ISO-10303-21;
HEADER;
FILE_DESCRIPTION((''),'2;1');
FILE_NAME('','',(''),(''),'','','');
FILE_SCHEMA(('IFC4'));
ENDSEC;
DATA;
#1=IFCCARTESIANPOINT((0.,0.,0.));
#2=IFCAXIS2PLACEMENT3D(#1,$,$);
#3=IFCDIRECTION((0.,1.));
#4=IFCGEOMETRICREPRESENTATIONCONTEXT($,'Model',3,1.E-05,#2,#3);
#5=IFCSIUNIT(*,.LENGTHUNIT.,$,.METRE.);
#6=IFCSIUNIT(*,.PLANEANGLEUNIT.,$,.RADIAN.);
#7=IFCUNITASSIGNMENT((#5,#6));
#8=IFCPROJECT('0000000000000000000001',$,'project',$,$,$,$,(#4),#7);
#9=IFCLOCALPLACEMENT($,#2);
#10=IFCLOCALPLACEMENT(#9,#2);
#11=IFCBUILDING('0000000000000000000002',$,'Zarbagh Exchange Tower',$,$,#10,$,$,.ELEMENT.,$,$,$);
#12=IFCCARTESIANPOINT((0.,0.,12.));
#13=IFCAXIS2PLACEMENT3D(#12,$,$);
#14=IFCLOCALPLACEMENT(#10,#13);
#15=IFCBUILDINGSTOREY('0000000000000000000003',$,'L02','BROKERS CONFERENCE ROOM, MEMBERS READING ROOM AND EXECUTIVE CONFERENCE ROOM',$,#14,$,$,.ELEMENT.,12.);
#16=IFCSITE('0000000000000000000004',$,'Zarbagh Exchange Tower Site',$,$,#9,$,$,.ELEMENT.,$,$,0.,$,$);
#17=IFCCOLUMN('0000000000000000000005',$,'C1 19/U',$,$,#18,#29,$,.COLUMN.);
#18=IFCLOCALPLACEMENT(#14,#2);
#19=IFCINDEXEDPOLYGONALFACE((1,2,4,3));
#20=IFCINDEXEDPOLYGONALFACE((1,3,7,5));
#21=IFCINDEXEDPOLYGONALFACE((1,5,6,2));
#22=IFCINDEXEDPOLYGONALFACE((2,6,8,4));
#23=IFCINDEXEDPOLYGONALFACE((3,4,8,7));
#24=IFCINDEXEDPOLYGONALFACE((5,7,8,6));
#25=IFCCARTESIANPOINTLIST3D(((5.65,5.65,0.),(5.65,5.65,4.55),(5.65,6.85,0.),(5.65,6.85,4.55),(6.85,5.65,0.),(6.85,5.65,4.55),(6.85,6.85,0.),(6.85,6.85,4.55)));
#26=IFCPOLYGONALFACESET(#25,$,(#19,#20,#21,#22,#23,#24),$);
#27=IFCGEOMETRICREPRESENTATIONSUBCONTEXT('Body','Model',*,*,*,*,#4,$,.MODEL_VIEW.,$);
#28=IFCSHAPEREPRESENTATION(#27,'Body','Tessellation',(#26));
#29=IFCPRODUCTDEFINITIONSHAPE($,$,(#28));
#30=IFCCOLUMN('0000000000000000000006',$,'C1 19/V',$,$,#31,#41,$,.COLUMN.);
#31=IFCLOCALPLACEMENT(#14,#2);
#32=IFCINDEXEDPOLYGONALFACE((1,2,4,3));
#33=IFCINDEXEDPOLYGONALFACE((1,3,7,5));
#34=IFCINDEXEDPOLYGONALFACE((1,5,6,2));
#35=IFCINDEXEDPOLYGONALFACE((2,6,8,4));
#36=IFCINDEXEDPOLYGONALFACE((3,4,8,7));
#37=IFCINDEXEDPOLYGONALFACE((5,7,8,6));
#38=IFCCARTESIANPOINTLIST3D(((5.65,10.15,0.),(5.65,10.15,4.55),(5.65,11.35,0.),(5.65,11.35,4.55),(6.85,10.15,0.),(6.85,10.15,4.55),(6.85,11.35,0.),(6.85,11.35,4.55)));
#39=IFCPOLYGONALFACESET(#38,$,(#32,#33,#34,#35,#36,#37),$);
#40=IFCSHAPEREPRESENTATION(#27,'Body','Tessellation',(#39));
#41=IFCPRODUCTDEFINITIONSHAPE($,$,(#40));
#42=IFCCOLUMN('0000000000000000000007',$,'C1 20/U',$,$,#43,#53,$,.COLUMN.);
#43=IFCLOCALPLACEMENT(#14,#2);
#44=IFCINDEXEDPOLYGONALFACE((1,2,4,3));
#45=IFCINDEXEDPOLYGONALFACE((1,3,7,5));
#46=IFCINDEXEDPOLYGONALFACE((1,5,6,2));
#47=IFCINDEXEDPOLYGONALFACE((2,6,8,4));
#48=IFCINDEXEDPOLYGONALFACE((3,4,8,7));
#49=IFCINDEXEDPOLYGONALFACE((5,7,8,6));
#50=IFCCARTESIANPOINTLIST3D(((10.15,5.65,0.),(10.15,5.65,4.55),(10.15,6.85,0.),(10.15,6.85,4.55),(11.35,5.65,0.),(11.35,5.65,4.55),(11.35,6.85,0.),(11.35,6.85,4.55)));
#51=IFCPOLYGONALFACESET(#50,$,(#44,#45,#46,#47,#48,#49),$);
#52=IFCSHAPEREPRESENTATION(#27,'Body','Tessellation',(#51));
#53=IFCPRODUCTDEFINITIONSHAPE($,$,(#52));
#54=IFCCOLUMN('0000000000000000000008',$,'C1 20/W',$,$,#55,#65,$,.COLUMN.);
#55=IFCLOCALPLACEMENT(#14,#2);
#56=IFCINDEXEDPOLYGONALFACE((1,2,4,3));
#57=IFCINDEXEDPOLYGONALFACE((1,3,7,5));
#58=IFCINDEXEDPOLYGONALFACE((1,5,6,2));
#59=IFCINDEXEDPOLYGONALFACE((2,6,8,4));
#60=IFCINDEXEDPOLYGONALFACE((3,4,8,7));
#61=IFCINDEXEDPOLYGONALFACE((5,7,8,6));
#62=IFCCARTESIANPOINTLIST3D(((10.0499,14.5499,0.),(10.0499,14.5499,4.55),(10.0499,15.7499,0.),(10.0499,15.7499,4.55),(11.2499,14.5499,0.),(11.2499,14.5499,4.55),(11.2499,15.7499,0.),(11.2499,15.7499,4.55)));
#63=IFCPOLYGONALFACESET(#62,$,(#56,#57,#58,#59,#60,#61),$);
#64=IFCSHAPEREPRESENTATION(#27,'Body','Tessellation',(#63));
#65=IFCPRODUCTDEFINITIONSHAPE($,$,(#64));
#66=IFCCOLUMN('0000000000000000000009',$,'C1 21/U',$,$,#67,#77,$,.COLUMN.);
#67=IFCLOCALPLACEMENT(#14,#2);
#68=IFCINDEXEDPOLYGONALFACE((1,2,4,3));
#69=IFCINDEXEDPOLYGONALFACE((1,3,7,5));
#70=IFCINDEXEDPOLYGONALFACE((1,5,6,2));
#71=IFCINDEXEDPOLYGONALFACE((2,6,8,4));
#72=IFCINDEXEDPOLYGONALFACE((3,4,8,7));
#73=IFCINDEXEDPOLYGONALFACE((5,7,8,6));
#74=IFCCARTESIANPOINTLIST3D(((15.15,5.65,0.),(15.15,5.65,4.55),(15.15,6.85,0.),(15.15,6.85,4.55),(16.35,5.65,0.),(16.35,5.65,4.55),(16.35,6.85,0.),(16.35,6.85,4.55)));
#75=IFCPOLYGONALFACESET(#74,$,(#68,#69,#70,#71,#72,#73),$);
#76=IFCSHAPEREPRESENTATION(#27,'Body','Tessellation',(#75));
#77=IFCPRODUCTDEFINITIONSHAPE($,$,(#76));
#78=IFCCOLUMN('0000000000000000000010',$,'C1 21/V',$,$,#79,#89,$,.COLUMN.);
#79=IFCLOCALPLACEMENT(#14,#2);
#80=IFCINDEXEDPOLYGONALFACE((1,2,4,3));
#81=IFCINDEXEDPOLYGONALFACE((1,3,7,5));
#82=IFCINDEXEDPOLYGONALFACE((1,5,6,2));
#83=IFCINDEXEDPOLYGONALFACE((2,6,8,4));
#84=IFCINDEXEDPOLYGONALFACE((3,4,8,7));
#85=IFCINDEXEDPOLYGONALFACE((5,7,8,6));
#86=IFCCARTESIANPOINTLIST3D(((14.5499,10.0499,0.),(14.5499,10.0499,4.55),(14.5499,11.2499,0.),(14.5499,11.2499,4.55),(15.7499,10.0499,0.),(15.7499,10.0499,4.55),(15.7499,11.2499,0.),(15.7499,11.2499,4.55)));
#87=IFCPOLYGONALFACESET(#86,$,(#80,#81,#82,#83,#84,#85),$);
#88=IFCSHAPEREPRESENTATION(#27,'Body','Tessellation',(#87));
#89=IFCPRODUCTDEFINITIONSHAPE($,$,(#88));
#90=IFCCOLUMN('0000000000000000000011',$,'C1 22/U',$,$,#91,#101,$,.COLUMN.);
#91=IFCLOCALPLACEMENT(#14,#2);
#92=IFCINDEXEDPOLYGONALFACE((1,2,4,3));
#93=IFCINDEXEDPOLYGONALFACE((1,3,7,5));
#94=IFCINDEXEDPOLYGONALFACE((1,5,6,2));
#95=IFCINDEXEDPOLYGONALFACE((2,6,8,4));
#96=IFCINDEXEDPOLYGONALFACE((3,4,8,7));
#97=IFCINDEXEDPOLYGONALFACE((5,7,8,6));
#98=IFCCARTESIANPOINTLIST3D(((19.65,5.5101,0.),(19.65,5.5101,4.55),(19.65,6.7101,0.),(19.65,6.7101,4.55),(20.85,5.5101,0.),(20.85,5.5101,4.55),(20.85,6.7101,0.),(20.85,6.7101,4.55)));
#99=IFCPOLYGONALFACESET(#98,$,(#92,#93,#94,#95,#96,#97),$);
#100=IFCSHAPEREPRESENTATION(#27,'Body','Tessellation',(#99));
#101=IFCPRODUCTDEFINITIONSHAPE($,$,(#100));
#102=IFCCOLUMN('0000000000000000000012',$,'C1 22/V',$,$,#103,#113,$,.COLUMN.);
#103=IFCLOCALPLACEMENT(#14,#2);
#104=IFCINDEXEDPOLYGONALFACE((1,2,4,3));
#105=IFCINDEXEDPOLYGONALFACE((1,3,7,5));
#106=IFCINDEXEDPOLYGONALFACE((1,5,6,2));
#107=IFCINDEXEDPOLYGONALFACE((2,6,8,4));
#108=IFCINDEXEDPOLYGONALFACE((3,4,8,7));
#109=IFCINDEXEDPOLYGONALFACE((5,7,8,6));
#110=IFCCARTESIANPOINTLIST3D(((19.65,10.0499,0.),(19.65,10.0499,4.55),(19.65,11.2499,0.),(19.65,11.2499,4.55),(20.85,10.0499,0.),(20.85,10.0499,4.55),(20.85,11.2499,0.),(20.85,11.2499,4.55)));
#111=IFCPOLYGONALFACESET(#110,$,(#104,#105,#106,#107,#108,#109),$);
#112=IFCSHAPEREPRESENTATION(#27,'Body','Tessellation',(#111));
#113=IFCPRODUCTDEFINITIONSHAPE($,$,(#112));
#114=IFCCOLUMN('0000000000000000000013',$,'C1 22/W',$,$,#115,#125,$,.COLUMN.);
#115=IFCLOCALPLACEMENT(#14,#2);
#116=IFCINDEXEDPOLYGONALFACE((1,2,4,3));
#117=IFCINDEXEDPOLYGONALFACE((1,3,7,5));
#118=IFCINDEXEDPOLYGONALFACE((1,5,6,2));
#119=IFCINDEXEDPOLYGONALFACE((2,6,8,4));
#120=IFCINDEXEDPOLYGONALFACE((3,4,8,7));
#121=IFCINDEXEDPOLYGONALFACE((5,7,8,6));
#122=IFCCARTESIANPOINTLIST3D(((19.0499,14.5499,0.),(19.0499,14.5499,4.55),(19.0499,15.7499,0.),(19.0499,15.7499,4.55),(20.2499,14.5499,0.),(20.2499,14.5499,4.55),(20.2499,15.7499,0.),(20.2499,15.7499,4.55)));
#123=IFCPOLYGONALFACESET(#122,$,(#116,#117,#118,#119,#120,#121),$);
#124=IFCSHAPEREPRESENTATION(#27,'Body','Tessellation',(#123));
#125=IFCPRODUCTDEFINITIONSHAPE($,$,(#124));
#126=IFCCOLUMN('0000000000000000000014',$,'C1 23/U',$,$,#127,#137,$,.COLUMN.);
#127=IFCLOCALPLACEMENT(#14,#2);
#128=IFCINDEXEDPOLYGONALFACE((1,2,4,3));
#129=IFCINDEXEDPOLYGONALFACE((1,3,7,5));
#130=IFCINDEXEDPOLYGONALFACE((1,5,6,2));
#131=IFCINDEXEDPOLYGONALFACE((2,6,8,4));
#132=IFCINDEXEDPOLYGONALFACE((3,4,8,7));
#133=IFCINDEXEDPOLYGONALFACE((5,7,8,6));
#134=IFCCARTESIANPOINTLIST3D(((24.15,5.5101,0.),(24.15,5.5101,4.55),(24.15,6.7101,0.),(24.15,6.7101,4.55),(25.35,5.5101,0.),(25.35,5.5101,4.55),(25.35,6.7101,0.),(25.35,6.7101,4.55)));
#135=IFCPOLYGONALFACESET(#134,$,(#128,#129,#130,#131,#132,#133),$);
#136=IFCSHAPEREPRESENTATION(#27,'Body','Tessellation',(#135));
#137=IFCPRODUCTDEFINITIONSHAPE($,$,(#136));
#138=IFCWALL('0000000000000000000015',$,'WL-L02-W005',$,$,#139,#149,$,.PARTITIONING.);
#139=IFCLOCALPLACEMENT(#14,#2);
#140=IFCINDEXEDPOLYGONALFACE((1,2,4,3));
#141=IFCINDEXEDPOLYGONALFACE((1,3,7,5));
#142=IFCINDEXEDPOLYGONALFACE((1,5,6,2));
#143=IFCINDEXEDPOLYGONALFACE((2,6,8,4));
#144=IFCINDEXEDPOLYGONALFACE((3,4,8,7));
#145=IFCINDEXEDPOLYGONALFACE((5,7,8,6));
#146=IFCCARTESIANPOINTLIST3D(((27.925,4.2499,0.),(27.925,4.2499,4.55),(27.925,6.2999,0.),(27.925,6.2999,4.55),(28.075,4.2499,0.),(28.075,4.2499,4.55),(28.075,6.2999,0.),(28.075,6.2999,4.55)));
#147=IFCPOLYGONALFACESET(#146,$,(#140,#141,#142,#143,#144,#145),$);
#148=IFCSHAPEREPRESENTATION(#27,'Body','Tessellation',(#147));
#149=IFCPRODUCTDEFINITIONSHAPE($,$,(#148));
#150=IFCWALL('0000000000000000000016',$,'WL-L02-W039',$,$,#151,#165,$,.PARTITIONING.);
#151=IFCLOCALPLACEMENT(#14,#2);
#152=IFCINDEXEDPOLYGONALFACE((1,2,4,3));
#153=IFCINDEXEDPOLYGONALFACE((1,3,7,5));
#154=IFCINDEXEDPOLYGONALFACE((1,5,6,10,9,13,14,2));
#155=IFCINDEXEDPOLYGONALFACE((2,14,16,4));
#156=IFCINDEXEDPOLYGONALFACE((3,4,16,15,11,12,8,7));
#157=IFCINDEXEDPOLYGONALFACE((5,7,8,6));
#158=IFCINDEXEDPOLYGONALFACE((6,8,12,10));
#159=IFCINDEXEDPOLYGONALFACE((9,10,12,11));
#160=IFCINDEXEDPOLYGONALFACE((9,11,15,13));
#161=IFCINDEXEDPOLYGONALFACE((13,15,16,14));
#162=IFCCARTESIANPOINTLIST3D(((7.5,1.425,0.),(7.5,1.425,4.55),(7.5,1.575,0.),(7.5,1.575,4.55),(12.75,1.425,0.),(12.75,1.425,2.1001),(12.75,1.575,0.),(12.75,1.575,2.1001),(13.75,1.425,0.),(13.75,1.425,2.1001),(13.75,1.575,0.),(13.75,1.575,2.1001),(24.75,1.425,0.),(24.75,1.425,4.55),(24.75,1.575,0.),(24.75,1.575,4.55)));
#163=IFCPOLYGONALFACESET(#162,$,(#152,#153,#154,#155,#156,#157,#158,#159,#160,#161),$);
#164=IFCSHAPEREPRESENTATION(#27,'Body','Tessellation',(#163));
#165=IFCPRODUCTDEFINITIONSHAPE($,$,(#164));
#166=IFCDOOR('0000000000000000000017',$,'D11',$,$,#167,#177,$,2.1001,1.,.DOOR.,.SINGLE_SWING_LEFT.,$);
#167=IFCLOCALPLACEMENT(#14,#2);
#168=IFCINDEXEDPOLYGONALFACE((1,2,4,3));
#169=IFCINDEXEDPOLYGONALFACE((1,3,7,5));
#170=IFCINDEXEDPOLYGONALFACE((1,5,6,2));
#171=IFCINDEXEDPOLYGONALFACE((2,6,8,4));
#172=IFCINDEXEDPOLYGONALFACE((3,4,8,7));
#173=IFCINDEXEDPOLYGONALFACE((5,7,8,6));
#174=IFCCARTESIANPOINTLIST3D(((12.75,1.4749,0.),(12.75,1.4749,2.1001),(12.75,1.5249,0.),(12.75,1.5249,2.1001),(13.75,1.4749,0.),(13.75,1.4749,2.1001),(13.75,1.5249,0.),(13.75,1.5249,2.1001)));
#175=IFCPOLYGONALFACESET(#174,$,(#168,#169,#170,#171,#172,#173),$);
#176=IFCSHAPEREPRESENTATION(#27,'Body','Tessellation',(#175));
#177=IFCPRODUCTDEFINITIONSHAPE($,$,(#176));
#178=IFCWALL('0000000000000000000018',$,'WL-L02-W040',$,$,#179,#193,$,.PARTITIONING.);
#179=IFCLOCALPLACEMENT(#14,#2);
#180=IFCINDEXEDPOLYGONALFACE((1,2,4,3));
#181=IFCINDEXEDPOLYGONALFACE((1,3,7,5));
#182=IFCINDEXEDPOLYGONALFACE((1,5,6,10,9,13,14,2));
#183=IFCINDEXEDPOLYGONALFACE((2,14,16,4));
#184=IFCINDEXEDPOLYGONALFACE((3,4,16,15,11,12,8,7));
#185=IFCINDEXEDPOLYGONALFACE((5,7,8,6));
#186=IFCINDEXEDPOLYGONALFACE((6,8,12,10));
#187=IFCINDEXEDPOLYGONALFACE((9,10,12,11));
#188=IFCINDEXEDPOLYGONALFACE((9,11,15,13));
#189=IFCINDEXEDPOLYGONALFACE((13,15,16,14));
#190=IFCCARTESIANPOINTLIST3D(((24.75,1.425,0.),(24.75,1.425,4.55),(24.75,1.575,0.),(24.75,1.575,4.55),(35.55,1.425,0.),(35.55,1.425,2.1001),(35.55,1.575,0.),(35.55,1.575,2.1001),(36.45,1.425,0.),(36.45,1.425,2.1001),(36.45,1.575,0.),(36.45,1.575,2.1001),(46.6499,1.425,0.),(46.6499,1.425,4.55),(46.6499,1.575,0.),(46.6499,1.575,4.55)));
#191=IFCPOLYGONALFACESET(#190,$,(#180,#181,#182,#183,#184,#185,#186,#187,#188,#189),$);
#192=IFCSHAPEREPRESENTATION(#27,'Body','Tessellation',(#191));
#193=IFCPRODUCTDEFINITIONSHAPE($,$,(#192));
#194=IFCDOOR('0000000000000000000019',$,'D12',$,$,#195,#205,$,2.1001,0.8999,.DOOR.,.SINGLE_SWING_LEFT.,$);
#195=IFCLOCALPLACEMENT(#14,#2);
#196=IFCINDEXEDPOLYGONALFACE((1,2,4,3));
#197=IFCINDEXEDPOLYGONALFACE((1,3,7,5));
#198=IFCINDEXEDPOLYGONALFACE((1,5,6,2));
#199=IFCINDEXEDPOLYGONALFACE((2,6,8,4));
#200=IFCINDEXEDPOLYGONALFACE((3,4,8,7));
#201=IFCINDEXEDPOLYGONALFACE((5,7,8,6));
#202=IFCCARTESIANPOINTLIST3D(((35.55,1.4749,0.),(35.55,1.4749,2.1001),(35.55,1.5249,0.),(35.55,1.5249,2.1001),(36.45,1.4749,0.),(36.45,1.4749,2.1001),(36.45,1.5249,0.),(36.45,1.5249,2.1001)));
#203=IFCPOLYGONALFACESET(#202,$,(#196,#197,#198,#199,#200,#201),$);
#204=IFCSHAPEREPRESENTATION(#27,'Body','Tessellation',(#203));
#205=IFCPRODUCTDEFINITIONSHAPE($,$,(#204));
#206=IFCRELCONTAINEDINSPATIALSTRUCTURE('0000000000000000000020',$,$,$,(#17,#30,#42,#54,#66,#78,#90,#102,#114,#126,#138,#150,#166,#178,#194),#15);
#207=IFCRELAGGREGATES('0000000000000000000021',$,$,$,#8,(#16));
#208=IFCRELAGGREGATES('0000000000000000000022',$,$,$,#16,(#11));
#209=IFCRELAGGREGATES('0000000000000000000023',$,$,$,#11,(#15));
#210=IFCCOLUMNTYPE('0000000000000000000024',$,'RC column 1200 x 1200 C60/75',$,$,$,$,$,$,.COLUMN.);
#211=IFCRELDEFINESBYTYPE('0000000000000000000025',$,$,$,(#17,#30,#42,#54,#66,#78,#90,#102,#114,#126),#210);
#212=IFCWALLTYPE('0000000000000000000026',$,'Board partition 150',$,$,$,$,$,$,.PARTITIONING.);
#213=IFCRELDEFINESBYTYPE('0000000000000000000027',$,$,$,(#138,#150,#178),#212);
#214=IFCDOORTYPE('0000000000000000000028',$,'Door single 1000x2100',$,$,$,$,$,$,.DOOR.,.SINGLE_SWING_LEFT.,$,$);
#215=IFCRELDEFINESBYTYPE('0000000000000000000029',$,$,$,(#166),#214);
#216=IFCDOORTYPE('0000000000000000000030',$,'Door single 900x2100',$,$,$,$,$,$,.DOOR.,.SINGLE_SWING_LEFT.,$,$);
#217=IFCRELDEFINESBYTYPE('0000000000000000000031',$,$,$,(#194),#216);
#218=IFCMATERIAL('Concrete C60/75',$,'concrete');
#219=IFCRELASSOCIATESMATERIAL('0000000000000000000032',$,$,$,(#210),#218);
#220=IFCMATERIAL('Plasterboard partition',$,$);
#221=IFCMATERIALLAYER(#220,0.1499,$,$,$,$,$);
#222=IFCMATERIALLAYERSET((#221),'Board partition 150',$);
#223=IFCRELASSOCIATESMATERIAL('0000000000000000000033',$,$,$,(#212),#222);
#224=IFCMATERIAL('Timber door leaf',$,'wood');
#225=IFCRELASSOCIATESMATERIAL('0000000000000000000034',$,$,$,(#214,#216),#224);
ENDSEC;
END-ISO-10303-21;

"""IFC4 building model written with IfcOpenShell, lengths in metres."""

from ifc_helpers import new_model, si_unit, direction, frame, frame_2d, origin, origin_2d, place, context, subcontext, project, spatial, rectangle, extrude, material, layer, layer_set, material_profile, profile_set, type_object, element, fill, save


model = new_model("IFC4")

# Units and contexts
model_context = context("Model", 3, precision=1e-05, world=origin(), true_north=direction((0.0, 1.0)))
body_context = subcontext(model_context, "Body", "Model", "MODEL_VIEW")
ifc_project = project(units=[si_unit("LENGTHUNIT", "METRE"), si_unit("PLANEANGLEUNIT", "RADIAN")], contexts=[model_context])

# Site, building, storey
site_placement = place(None, origin())
site = spatial("IfcSite", under=ifc_project, at=site_placement, Name="Zarbagh Exchange Tower Site", CompositionType="ELEMENT", RefElevation=0.0)
building_placement = place(site_placement, origin())
building = spatial("IfcBuilding", under=site, at=building_placement, Name="Zarbagh Exchange Tower", CompositionType="ELEMENT")
storey_placement = place(building_placement, frame((0.0, 0.0, 12.0)))
storey = spatial("IfcBuildingStorey", under=building, at=storey_placement, Name="L02", Description="BROKERS CONFERENCE ROOM, MEMBERS READING ROOM AND EXECUTIVE CONFERENCE ROOM", CompositionType="ELEMENT", Elevation=12.0)

# Columns
ifc_material_1 = material(Name="Concrete C60/75", Category="concrete")
ifc_material_profile = material_profile(ifc_material_1, rectangle(XDim=1.2, YDim=1.2, at=origin_2d()), Name="RC column 1200 x 1200 C60/75")
ifc_profile_set = profile_set([ifc_material_profile], Name="Concrete C60/75")
column_type = type_object("IfcColumnType", Name="RC column 1200 x 1200 C60/75", PredefinedType="COLUMN", material=ifc_profile_set)
for number, where, z_axis, x_axis, name in (
    (1, (6.25, 6.25, 0.0), (0.0, 0.0, 1.0), (1.0, 0.0, 0.0), "C1 19/U"),
    (2, (6.25, 10.75, 0.0), (0.0, 0.0, 1.0), (1.0, 0.0, 0.0), "C1 19/V"),
    (3, (10.75, 6.25, 0.0), (0.0, 0.0, 1.0), (1.0, 0.0, 0.0), "C1 20/U"),
    (4, (10.6499, 15.1499, 0.0), (0.0, 0.0, 1.0), (1.0, 0.0, 0.0), "C1 20/W"),
    (5, (15.75, 6.25, 0.0), (0.0, 0.0, 1.0), (1.0, 0.0, 0.0), "C1 21/U"),
    (6, (15.1499, 10.6499, 0.0), (0.0, 0.0, 1.0), (1.0, 0.0, 0.0), "C1 21/V"),
    (7, (20.25, 6.1101, 0.0), (0.0, 0.0, 1.0), (1.0, 0.0, 0.0), "C1 22/U"),
    (8, (20.25, 10.6499, 0.0), (0.0, 0.0, 1.0), (1.0, 0.0, 0.0), "C1 22/V"),
    (9, (19.6499, 15.1499, 0.0), (0.0, 0.0, 1.0), (1.0, 0.0, 0.0), "C1 22/W"),
    (10, (24.75, 6.1101, 0.0), (0.0, 0.0, 1.0), (1.0, 0.0, 0.0), "C1 23/U"),
):
    element("IfcColumn", number, at=place(storey_placement, frame(where, z_axis=z_axis, x_axis=x_axis)), inside=storey, type_object=column_type, Name=name, PredefinedType="COLUMN", context=body_context, shape_type="SweptSolid", body=[
        extrude(rectangle(XDim=1.2, YDim=1.2, at=origin_2d()), origin(), (0.0, 0.0, 1.0), 4.55),
    ])

# Wall
ifc_material_2 = material(Name="Plasterboard partition")
ifc_layer_1 = layer(ifc_material_2, 0.1499)
ifc_layer_set_1 = layer_set([ifc_layer_1], Name="Board partition 150")
wall_type_1 = type_object("IfcWallType", Name="Board partition 150", PredefinedType="PARTITIONING", material=ifc_layer_set_1)
wall_1_placement = place(storey_placement, frame((28.0, 4.25, 0.0), z_axis=(0.0, 0.0, 1.0), x_axis=(0.0, 1.0, 0.0)))
element("IfcWall", 11, at=wall_1_placement, inside=storey, type_object=wall_type_1, Name="WL-L02-W005", PredefinedType="PARTITIONING", context=body_context, shape_type="SweptSolid", body=[
    extrude(rectangle(XDim=2.05, YDim=0.1499, at=frame_2d((1.0249, 0.0))), origin(), (0.0, 0.0, 1.0), 4.55),
])

# Walls, openings, doors
wall_2_placement = place(storey_placement, frame((7.5, 1.5, 0.0), z_axis=(0.0, 0.0, 1.0), x_axis=(1.0, 0.0, 0.0)))
wall_2 = element("IfcWall", 12, at=wall_2_placement, inside=storey, type_object=wall_type_1, Name="WL-L02-W039", PredefinedType="PARTITIONING", context=body_context, shape_type="SweptSolid", body=[
    extrude(rectangle(XDim=17.25, YDim=0.1499, at=frame_2d((8.625, 0.0))), origin(), (0.0, 0.0, 1.0), 4.55),
])
opening_1_placement = place(wall_2_placement, frame((5.25, 0.0, 0.0)))
opening_1 = element("IfcOpeningElement", 13, at=opening_1_placement, cuts=wall_2, PredefinedType="OPENING", context=body_context, shape_type="SweptSolid", body=[
    extrude(rectangle(XDim=1.0, YDim=2.1001, at=frame_2d((0.5, 1.05))), frame((0.0, 0.085, 0.0), z_axis=(0.0, -1.0, 0.0), x_axis=(1.0, 0.0, 0.0)), (0.0, 0.0, 1.0), 0.1699),
])
ifc_material_3 = material(Name="Timber door leaf", Category="wood")
door_type_1 = type_object("IfcDoorType", Name="Door single 1000x2100", OperationType="SINGLE_SWING_LEFT", PredefinedType="DOOR", material=ifc_material_3)
door_1_placement = place(opening_1_placement, origin())
door_1 = element("IfcDoor", 14, at=door_1_placement, inside=storey, type_object=door_type_1, Name="D11", OperationType="SINGLE_SWING_LEFT", OverallHeight=2.1001, OverallWidth=1.0, PredefinedType="DOOR", context=body_context, shape_type="SweptSolid", body=[
    extrude(rectangle(XDim=1.0, YDim=2.1001, at=frame_2d((0.5, 1.05))), frame((0.0, 0.0249, 0.0), z_axis=(0.0, -1.0, 0.0), x_axis=(1.0, 0.0, 0.0)), (0.0, 0.0, 1.0), 0.05),
])
fill(opening_1, door_1)
wall_3_placement = place(storey_placement, frame((24.75, 1.5, 0.0), z_axis=(0.0, 0.0, 1.0), x_axis=(1.0, 0.0, 0.0)))
wall_3 = element("IfcWall", 15, at=wall_3_placement, inside=storey, type_object=wall_type_1, Name="WL-L02-W040", PredefinedType="PARTITIONING", context=body_context, shape_type="SweptSolid", body=[
    extrude(rectangle(XDim=21.8999, YDim=0.1499, at=frame_2d((10.95, 0.0))), origin(), (0.0, 0.0, 1.0), 4.55),
])
opening_2_placement = place(wall_3_placement, frame((10.8, 0.0, 0.0)))
opening_2 = element("IfcOpeningElement", 16, at=opening_2_placement, cuts=wall_3, PredefinedType="OPENING", context=body_context, shape_type="SweptSolid", body=[
    extrude(rectangle(XDim=0.8999, YDim=2.1001, at=frame_2d((0.45, 1.05))), frame((0.0, 0.085, 0.0), z_axis=(0.0, -1.0, 0.0), x_axis=(1.0, 0.0, 0.0)), (0.0, 0.0, 1.0), 0.1699),
])
door_type_2 = type_object("IfcDoorType", Name="Door single 900x2100", OperationType="SINGLE_SWING_LEFT", PredefinedType="DOOR", material=ifc_material_3)
door_2_placement = place(opening_2_placement, origin())
door_2 = element("IfcDoor", 17, at=door_2_placement, inside=storey, type_object=door_type_2, Name="D12", OperationType="SINGLE_SWING_LEFT", OverallHeight=2.1001, OverallWidth=0.8999, PredefinedType="DOOR", context=body_context, shape_type="SweptSolid", body=[
    extrude(rectangle(XDim=0.8999, YDim=2.1001, at=frame_2d((0.45, 1.05))), frame((0.0, 0.0249, 0.0), z_axis=(0.0, -1.0, 0.0), x_axis=(1.0, 0.0, 0.0)), (0.0, 0.0, 1.0), 0.05),
])
fill(opening_2, door_2)

save(model, "model.ifc")
